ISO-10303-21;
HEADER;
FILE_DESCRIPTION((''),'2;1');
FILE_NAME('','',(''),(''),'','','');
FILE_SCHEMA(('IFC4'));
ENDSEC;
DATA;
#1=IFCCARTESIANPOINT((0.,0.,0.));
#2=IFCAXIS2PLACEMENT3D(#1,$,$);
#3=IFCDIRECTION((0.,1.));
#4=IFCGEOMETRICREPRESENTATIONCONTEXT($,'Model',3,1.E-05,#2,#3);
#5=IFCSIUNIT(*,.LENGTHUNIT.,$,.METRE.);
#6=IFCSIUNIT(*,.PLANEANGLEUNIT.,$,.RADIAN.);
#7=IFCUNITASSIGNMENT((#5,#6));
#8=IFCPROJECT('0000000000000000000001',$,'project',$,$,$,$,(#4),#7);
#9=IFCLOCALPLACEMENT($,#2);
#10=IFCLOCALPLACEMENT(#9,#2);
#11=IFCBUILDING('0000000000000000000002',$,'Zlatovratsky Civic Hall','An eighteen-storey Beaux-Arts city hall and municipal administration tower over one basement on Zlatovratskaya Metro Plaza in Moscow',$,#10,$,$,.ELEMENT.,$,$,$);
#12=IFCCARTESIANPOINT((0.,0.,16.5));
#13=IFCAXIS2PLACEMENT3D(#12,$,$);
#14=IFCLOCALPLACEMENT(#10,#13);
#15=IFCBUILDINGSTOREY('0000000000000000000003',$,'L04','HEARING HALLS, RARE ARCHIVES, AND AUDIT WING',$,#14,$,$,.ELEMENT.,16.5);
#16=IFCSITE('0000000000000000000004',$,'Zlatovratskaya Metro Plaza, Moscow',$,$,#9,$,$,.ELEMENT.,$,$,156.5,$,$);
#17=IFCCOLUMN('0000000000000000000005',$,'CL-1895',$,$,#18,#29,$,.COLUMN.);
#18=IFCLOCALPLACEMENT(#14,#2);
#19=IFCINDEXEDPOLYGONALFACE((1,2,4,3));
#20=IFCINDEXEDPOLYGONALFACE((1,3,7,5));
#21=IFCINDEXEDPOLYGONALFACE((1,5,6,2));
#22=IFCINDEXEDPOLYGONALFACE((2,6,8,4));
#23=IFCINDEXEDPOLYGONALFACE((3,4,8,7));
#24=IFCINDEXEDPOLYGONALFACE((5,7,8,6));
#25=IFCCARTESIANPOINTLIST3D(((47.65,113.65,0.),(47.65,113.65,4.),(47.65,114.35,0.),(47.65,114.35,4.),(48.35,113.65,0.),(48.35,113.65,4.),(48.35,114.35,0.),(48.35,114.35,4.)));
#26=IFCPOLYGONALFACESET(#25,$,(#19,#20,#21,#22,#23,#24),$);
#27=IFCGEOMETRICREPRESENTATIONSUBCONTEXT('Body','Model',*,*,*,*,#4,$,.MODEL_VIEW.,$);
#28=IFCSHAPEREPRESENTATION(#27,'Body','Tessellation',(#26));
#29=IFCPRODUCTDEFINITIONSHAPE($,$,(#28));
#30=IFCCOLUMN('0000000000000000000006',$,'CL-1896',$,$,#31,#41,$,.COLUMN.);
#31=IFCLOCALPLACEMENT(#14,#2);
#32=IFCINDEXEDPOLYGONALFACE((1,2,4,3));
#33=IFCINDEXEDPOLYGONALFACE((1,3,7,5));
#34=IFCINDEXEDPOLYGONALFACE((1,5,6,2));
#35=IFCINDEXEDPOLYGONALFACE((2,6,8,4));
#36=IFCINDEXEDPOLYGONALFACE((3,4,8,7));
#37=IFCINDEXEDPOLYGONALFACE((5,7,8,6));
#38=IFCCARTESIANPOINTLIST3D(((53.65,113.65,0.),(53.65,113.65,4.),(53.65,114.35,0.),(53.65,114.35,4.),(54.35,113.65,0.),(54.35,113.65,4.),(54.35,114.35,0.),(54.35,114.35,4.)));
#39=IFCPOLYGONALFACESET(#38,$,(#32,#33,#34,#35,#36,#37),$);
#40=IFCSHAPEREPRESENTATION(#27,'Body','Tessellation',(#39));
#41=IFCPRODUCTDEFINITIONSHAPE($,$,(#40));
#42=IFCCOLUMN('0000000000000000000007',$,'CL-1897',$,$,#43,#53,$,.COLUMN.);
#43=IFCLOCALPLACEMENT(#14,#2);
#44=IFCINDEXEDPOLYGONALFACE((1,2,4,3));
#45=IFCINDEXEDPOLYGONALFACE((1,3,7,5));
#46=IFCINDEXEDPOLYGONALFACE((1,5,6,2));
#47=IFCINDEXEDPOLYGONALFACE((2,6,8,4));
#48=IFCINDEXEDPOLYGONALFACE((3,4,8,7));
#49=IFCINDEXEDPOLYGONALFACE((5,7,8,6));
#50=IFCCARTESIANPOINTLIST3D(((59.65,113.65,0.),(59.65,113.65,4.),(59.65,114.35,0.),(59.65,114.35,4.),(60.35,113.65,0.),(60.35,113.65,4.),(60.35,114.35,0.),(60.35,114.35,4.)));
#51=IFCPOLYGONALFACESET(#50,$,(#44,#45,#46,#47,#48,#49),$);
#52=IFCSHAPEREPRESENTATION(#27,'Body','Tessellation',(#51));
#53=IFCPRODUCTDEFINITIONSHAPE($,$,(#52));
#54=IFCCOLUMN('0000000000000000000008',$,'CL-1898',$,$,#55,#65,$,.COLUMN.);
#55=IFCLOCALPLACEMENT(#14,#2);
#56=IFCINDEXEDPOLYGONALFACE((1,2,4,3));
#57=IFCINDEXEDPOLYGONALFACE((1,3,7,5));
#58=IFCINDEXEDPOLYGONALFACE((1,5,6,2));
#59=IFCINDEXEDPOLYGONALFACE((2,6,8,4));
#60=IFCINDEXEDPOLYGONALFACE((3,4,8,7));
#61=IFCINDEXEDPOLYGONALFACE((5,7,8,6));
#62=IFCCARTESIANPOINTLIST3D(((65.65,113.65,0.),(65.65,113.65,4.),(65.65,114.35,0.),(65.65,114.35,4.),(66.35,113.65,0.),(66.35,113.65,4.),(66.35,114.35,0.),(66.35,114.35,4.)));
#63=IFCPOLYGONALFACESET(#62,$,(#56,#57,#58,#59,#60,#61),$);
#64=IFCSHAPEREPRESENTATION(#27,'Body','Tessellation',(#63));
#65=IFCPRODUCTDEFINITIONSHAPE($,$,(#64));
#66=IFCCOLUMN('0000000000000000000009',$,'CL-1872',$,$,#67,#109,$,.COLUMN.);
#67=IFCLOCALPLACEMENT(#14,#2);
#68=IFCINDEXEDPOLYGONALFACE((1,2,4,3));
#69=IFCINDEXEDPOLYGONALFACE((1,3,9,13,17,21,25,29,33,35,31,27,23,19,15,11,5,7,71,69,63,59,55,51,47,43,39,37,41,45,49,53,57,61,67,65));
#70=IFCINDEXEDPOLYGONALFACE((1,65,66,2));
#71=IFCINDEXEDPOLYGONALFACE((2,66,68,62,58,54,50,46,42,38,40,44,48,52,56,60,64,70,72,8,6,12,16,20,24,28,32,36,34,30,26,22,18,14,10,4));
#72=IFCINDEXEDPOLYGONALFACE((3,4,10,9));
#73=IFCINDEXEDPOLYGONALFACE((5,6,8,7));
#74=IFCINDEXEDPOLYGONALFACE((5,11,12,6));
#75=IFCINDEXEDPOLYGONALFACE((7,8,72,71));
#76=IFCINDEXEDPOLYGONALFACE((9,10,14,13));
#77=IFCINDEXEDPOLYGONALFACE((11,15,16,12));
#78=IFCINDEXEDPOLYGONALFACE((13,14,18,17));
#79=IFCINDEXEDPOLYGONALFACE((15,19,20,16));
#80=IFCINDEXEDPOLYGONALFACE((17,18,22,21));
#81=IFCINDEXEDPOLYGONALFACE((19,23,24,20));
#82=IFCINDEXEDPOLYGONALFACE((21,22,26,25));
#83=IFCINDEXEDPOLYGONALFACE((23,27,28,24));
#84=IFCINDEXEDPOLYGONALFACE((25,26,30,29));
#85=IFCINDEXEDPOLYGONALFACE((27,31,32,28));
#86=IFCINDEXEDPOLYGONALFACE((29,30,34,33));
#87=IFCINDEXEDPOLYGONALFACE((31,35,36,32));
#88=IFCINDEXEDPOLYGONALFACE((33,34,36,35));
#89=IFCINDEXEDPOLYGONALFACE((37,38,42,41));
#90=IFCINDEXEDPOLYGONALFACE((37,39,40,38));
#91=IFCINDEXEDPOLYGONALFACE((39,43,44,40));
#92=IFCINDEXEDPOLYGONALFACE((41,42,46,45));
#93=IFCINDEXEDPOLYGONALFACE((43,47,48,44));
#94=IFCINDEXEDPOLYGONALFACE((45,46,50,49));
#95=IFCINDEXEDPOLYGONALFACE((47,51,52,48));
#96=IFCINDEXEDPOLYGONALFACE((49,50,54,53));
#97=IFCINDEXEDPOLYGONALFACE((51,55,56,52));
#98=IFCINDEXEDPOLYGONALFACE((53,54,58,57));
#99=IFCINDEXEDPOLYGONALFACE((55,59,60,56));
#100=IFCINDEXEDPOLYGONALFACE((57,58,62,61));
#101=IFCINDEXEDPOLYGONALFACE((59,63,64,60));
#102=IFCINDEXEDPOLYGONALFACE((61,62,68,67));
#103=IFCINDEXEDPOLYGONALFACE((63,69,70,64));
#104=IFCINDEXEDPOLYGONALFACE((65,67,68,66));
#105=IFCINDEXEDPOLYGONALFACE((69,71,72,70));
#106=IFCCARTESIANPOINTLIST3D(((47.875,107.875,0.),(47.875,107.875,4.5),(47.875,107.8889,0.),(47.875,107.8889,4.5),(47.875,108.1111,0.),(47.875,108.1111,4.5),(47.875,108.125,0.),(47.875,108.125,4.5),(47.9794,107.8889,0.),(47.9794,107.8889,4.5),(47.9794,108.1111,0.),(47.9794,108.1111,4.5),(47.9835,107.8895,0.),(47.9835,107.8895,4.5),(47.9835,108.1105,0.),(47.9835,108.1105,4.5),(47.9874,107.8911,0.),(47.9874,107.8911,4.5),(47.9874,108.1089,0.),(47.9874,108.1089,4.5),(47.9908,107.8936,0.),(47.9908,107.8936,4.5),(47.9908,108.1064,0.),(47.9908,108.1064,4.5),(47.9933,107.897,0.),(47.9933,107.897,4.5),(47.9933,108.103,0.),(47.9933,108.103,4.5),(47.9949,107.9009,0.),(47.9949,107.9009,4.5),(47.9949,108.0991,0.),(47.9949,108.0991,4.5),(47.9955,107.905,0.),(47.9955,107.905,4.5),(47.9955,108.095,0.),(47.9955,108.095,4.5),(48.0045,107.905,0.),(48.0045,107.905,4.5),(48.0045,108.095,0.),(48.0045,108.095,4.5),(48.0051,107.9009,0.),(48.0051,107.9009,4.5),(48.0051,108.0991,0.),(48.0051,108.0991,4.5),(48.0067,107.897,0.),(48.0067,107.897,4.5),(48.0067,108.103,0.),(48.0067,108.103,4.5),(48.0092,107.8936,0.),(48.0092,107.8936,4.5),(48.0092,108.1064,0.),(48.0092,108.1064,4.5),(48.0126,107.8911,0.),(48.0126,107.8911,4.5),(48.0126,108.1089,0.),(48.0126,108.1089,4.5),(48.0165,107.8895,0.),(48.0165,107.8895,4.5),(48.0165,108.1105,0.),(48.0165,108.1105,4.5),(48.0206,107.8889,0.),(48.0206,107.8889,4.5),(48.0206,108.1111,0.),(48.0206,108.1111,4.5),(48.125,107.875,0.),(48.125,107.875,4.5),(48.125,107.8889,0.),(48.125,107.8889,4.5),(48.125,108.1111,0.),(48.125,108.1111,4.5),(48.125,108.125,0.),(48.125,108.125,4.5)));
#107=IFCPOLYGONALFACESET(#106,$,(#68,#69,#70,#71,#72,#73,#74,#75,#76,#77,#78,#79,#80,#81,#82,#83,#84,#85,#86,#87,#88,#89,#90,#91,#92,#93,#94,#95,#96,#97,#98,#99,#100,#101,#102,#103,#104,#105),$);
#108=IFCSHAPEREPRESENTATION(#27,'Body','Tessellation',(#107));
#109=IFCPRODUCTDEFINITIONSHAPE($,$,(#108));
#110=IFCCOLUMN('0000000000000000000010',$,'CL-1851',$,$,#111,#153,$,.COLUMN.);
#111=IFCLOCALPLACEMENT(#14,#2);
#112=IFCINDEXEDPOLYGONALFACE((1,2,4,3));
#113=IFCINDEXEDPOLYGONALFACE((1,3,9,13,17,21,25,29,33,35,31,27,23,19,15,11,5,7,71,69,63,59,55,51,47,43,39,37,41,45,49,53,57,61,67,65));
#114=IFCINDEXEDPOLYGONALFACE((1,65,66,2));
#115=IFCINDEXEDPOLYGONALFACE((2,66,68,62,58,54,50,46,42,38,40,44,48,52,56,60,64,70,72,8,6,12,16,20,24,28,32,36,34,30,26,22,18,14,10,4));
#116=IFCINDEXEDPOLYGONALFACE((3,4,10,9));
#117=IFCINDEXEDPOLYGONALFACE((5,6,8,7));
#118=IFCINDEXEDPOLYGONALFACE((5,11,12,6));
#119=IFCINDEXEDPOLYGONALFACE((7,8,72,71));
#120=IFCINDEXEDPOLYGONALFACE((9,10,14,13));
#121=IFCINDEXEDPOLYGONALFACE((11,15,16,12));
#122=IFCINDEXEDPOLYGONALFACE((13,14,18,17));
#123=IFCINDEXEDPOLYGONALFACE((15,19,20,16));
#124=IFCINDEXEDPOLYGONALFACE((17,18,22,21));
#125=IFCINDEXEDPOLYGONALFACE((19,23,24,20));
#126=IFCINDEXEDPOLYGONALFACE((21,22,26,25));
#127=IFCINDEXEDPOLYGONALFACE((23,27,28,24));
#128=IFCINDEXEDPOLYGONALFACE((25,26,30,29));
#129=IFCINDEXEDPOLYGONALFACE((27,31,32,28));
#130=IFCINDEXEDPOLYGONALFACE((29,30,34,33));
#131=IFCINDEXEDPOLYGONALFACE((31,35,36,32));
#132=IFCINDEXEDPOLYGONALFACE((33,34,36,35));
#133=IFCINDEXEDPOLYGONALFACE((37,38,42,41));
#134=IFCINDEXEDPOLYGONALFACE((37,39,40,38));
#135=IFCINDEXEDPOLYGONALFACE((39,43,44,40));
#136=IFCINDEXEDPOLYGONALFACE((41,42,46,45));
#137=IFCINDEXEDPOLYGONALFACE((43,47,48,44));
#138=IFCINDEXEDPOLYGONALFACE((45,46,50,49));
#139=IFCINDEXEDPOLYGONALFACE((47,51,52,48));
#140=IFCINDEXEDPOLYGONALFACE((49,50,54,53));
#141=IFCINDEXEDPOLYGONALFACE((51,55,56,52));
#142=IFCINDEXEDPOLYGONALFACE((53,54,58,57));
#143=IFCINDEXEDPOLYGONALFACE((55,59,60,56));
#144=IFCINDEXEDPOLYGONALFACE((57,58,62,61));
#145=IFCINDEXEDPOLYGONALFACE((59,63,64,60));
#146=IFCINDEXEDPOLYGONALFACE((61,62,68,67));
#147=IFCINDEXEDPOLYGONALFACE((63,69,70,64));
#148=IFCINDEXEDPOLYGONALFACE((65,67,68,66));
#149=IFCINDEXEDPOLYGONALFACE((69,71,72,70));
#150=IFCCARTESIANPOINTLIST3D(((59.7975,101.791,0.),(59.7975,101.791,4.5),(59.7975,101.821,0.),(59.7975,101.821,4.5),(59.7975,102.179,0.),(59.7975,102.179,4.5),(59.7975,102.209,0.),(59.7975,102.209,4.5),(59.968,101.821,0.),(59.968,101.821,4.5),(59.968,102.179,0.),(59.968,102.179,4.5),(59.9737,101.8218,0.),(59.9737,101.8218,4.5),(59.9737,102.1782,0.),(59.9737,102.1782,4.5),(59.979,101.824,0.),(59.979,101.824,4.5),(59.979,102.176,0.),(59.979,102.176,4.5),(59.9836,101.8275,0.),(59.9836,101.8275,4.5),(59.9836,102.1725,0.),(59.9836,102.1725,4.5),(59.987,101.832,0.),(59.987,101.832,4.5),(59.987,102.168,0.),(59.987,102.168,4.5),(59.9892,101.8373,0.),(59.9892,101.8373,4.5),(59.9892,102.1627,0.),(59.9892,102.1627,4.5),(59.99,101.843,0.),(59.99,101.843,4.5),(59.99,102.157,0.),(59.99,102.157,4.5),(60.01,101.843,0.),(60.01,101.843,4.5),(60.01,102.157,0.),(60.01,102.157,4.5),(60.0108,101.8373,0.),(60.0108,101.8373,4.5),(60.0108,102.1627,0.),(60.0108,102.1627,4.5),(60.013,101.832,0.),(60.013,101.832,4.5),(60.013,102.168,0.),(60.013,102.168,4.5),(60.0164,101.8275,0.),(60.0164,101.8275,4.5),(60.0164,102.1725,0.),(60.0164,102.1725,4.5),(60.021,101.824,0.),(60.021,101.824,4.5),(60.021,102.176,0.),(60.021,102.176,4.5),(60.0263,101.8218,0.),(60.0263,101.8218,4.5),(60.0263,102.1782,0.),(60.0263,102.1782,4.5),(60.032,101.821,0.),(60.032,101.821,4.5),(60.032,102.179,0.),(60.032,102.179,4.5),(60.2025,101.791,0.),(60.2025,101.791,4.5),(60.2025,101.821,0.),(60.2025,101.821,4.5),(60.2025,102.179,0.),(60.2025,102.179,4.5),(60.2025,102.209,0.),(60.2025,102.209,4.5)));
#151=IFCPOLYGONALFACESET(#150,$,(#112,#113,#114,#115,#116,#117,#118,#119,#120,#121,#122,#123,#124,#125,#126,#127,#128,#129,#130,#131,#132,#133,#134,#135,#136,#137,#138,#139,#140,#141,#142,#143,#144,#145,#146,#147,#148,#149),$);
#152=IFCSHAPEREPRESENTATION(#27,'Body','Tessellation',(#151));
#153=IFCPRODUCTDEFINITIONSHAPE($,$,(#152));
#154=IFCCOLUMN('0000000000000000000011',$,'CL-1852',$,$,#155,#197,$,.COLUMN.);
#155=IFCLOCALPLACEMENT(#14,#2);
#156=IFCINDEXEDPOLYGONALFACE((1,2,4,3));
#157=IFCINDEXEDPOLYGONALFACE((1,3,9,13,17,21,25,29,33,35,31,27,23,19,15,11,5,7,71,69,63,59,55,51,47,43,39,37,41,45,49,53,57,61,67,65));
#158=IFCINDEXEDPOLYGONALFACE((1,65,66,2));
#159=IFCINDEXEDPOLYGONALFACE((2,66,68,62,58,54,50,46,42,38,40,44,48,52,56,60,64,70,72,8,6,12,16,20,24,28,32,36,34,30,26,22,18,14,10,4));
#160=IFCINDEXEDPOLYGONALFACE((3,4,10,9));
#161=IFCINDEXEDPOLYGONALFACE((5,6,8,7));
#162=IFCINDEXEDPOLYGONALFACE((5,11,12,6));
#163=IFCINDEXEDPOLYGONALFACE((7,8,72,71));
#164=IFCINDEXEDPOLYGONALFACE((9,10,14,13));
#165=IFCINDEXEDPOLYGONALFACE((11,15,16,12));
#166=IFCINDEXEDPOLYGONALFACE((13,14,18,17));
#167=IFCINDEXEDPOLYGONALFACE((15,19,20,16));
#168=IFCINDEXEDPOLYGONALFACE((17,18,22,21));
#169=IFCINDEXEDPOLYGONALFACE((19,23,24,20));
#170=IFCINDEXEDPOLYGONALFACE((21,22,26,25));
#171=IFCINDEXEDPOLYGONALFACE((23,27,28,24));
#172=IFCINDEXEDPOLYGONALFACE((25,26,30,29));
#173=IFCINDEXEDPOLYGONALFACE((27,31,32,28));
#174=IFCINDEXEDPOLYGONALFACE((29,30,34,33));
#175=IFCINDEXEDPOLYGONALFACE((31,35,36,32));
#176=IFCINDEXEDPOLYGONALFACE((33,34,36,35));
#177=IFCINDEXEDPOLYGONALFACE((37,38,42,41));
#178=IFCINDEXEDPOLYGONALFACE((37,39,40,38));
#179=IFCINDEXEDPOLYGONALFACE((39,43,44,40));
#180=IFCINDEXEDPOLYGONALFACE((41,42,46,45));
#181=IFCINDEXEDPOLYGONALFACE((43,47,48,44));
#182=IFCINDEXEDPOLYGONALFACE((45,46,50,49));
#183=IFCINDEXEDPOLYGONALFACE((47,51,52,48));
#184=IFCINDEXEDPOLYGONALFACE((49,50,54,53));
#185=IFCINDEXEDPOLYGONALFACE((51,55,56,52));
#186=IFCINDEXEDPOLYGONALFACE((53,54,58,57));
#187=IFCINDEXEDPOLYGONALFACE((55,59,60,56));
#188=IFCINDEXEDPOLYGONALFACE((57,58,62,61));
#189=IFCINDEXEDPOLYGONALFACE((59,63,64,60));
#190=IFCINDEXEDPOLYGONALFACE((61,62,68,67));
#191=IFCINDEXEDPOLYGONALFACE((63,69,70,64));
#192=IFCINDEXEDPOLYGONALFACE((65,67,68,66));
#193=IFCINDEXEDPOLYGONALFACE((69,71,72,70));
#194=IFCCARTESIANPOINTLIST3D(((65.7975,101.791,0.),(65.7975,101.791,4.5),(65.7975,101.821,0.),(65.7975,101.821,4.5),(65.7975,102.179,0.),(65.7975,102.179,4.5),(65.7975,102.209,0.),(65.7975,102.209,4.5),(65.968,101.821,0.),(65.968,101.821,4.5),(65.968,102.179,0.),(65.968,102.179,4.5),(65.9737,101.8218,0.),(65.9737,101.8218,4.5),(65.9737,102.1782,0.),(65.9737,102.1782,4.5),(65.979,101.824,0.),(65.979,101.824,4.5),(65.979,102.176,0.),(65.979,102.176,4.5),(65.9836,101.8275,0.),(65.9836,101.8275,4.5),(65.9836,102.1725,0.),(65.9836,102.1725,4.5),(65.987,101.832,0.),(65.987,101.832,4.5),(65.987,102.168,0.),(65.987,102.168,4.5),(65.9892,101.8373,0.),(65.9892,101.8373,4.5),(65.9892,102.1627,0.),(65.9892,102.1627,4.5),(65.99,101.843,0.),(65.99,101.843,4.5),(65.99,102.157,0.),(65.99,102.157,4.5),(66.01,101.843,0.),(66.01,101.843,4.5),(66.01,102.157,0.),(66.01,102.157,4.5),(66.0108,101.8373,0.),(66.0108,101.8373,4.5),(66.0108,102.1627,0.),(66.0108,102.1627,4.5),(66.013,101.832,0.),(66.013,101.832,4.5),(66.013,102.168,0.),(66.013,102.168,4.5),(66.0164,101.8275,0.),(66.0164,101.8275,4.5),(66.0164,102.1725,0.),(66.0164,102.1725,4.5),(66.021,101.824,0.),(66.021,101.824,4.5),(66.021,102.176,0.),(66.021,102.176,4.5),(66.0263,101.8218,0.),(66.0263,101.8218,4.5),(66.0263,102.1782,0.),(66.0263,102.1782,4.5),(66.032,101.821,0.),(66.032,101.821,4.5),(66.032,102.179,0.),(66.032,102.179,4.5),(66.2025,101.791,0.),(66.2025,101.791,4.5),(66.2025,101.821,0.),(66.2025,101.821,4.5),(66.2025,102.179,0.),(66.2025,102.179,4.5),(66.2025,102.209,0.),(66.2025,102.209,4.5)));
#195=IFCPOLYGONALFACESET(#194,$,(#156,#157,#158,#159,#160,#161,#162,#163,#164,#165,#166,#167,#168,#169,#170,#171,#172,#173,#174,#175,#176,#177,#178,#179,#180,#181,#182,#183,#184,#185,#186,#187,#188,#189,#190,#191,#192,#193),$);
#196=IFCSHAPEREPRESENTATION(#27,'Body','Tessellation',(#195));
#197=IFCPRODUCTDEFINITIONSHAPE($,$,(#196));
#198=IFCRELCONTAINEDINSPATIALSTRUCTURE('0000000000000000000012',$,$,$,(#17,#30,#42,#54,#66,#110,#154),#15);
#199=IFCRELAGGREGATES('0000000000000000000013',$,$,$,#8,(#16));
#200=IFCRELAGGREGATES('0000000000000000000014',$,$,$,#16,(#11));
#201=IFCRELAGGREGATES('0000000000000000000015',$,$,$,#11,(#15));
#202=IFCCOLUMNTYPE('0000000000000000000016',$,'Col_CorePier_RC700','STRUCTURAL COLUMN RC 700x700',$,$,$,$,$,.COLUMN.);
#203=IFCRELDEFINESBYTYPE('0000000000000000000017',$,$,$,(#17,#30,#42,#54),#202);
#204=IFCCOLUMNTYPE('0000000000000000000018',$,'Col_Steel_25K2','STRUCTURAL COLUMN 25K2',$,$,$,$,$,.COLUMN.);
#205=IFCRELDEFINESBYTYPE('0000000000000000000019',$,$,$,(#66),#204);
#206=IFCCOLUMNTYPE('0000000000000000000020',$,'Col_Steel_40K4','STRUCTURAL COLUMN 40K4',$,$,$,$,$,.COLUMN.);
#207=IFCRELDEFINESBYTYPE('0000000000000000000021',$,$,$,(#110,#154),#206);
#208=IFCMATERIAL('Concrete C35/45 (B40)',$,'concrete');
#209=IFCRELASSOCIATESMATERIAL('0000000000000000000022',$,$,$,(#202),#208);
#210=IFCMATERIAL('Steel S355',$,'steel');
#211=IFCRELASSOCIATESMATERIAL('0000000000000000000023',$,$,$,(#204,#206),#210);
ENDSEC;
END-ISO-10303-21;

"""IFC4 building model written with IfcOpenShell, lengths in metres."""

from ifc_helpers import new_model, si_unit, direction, frame, origin, origin_2d, place, context, subcontext, project, spatial, rectangle, i_section, extrude, material, material_profile, profile_set, type_object, element, save


model = new_model("IFC4")

# Units and contexts
model_context = context("Model", 3, precision=1e-05, world=origin(), true_north=direction((0.0, 1.0)))
body_context = subcontext(model_context, "Body", "Model", "MODEL_VIEW")
ifc_project = project(units=[si_unit("LENGTHUNIT", "METRE"), si_unit("PLANEANGLEUNIT", "RADIAN")], contexts=[model_context])

# Site, building, storey
site_placement = place(None, origin())
site = spatial("IfcSite", under=ifc_project, at=site_placement, Name="Zlatovratskaya Metro Plaza, Moscow", CompositionType="ELEMENT", RefElevation=156.5)
building_placement = place(site_placement, origin())
building = spatial("IfcBuilding", under=site, at=building_placement, Name="Zlatovratsky Civic Hall", Description="An eighteen-storey Beaux-Arts city hall and municipal administration tower over one basement on Zlatovratskaya Metro Plaza in Moscow", CompositionType="ELEMENT")
storey_placement = place(building_placement, frame((0.0, 0.0, 16.5)))
storey = spatial("IfcBuildingStorey", under=building, at=storey_placement, Name="L04", Description="HEARING HALLS, RARE ARCHIVES, AND AUDIT WING", CompositionType="ELEMENT", Elevation=16.5)

# Columns
ifc_material_1 = material(Name="Concrete C35/45 (B40)", Category="concrete")
ifc_material_profile_1 = material_profile(ifc_material_1, rectangle(XDim=0.7, YDim=0.7, at=origin_2d()), Name="RC 700x700")
ifc_profile_set_1 = profile_set([ifc_material_profile_1], Name="Concrete C35/45 (B40)")
column_type_1 = type_object("IfcColumnType", Name="Col_CorePier_RC700", Description="STRUCTURAL COLUMN RC 700x700", PredefinedType="COLUMN", material=ifc_profile_set_1)
for number, where, z_axis, x_axis, name in (
    (1, (48.0, 114.0, 0.0), (0.0, 0.0, 1.0), (1.0, 0.0, 0.0), "CL-1895"),
    (2, (54.0, 114.0, 0.0), (0.0, 0.0, 1.0), (1.0, 0.0, 0.0), "CL-1896"),
    (3, (60.0, 114.0, 0.0), (0.0, 0.0, 1.0), (1.0, 0.0, 0.0), "CL-1897"),
    (4, (66.0, 114.0, 0.0), (0.0, 0.0, 1.0), (1.0, 0.0, 0.0), "CL-1898"),
):
    element("IfcColumn", number, at=place(storey_placement, frame(where, z_axis=z_axis, x_axis=x_axis)), inside=storey, type_object=column_type_1, Name=name, PredefinedType="COLUMN", context=body_context, shape_type="SweptSolid", body=[
        extrude(rectangle(XDim=0.7, YDim=0.7, at=origin_2d()), origin(), (0.0, 0.0, 1.0), 4.0),
    ])
ifc_material_2 = material(Name="Steel S355", Category="steel")
ifc_material_profile_2 = material_profile(ifc_material_2, i_section(OverallWidth=0.25, OverallDepth=0.25, WebThickness=0.009, FlangeThickness=0.0139, FilletRadius=0.0161, at=origin_2d()), Name="25K2")
ifc_profile_set_2 = profile_set([ifc_material_profile_2], Name="Steel S355")
column_type_2 = type_object("IfcColumnType", Name="Col_Steel_25K2", Description="STRUCTURAL COLUMN 25K2", PredefinedType="COLUMN", material=ifc_profile_set_2)
column_placement = place(storey_placement, frame((48.0, 108.0, 0.0), z_axis=(0.0, 0.0, 1.0), x_axis=(1.0, 0.0, 0.0)))
element("IfcColumn", 5, at=column_placement, inside=storey, type_object=column_type_2, Name="CL-1872", PredefinedType="COLUMN", context=body_context, shape_type="SweptSolid", body=[
    extrude(i_section(OverallWidth=0.25, OverallDepth=0.25, WebThickness=0.009, FlangeThickness=0.0139, FilletRadius=0.0161, at=origin_2d()), origin(), (0.0, 0.0, 1.0), 4.5),
])
ifc_material_profile_3 = material_profile(ifc_material_2, i_section(OverallWidth=0.405, OverallDepth=0.418, WebThickness=0.02, FlangeThickness=0.03, FilletRadius=0.022, at=origin_2d()), Name="40K4")
ifc_profile_set_3 = profile_set([ifc_material_profile_3], Name="Steel S355")
column_type_3 = type_object("IfcColumnType", Name="Col_Steel_40K4", Description="STRUCTURAL COLUMN 40K4", PredefinedType="COLUMN", material=ifc_profile_set_3)
for number, where, z_axis, x_axis, name in (
    (6, (60.0, 102.0, 0.0), (0.0, 0.0, 1.0), (1.0, 0.0, 0.0), "CL-1851"),
    (7, (66.0, 102.0, 0.0), (0.0, 0.0, 1.0), (1.0, 0.0, 0.0), "CL-1852"),
):
    element("IfcColumn", number, at=place(storey_placement, frame(where, z_axis=z_axis, x_axis=x_axis)), inside=storey, type_object=column_type_3, Name=name, PredefinedType="COLUMN", context=body_context, shape_type="SweptSolid", body=[
        extrude(i_section(OverallWidth=0.405, OverallDepth=0.418, WebThickness=0.02, FlangeThickness=0.03, FilletRadius=0.022, at=origin_2d()), origin(), (0.0, 0.0, 1.0), 4.5),
    ])

save(model, "model.ifc")
